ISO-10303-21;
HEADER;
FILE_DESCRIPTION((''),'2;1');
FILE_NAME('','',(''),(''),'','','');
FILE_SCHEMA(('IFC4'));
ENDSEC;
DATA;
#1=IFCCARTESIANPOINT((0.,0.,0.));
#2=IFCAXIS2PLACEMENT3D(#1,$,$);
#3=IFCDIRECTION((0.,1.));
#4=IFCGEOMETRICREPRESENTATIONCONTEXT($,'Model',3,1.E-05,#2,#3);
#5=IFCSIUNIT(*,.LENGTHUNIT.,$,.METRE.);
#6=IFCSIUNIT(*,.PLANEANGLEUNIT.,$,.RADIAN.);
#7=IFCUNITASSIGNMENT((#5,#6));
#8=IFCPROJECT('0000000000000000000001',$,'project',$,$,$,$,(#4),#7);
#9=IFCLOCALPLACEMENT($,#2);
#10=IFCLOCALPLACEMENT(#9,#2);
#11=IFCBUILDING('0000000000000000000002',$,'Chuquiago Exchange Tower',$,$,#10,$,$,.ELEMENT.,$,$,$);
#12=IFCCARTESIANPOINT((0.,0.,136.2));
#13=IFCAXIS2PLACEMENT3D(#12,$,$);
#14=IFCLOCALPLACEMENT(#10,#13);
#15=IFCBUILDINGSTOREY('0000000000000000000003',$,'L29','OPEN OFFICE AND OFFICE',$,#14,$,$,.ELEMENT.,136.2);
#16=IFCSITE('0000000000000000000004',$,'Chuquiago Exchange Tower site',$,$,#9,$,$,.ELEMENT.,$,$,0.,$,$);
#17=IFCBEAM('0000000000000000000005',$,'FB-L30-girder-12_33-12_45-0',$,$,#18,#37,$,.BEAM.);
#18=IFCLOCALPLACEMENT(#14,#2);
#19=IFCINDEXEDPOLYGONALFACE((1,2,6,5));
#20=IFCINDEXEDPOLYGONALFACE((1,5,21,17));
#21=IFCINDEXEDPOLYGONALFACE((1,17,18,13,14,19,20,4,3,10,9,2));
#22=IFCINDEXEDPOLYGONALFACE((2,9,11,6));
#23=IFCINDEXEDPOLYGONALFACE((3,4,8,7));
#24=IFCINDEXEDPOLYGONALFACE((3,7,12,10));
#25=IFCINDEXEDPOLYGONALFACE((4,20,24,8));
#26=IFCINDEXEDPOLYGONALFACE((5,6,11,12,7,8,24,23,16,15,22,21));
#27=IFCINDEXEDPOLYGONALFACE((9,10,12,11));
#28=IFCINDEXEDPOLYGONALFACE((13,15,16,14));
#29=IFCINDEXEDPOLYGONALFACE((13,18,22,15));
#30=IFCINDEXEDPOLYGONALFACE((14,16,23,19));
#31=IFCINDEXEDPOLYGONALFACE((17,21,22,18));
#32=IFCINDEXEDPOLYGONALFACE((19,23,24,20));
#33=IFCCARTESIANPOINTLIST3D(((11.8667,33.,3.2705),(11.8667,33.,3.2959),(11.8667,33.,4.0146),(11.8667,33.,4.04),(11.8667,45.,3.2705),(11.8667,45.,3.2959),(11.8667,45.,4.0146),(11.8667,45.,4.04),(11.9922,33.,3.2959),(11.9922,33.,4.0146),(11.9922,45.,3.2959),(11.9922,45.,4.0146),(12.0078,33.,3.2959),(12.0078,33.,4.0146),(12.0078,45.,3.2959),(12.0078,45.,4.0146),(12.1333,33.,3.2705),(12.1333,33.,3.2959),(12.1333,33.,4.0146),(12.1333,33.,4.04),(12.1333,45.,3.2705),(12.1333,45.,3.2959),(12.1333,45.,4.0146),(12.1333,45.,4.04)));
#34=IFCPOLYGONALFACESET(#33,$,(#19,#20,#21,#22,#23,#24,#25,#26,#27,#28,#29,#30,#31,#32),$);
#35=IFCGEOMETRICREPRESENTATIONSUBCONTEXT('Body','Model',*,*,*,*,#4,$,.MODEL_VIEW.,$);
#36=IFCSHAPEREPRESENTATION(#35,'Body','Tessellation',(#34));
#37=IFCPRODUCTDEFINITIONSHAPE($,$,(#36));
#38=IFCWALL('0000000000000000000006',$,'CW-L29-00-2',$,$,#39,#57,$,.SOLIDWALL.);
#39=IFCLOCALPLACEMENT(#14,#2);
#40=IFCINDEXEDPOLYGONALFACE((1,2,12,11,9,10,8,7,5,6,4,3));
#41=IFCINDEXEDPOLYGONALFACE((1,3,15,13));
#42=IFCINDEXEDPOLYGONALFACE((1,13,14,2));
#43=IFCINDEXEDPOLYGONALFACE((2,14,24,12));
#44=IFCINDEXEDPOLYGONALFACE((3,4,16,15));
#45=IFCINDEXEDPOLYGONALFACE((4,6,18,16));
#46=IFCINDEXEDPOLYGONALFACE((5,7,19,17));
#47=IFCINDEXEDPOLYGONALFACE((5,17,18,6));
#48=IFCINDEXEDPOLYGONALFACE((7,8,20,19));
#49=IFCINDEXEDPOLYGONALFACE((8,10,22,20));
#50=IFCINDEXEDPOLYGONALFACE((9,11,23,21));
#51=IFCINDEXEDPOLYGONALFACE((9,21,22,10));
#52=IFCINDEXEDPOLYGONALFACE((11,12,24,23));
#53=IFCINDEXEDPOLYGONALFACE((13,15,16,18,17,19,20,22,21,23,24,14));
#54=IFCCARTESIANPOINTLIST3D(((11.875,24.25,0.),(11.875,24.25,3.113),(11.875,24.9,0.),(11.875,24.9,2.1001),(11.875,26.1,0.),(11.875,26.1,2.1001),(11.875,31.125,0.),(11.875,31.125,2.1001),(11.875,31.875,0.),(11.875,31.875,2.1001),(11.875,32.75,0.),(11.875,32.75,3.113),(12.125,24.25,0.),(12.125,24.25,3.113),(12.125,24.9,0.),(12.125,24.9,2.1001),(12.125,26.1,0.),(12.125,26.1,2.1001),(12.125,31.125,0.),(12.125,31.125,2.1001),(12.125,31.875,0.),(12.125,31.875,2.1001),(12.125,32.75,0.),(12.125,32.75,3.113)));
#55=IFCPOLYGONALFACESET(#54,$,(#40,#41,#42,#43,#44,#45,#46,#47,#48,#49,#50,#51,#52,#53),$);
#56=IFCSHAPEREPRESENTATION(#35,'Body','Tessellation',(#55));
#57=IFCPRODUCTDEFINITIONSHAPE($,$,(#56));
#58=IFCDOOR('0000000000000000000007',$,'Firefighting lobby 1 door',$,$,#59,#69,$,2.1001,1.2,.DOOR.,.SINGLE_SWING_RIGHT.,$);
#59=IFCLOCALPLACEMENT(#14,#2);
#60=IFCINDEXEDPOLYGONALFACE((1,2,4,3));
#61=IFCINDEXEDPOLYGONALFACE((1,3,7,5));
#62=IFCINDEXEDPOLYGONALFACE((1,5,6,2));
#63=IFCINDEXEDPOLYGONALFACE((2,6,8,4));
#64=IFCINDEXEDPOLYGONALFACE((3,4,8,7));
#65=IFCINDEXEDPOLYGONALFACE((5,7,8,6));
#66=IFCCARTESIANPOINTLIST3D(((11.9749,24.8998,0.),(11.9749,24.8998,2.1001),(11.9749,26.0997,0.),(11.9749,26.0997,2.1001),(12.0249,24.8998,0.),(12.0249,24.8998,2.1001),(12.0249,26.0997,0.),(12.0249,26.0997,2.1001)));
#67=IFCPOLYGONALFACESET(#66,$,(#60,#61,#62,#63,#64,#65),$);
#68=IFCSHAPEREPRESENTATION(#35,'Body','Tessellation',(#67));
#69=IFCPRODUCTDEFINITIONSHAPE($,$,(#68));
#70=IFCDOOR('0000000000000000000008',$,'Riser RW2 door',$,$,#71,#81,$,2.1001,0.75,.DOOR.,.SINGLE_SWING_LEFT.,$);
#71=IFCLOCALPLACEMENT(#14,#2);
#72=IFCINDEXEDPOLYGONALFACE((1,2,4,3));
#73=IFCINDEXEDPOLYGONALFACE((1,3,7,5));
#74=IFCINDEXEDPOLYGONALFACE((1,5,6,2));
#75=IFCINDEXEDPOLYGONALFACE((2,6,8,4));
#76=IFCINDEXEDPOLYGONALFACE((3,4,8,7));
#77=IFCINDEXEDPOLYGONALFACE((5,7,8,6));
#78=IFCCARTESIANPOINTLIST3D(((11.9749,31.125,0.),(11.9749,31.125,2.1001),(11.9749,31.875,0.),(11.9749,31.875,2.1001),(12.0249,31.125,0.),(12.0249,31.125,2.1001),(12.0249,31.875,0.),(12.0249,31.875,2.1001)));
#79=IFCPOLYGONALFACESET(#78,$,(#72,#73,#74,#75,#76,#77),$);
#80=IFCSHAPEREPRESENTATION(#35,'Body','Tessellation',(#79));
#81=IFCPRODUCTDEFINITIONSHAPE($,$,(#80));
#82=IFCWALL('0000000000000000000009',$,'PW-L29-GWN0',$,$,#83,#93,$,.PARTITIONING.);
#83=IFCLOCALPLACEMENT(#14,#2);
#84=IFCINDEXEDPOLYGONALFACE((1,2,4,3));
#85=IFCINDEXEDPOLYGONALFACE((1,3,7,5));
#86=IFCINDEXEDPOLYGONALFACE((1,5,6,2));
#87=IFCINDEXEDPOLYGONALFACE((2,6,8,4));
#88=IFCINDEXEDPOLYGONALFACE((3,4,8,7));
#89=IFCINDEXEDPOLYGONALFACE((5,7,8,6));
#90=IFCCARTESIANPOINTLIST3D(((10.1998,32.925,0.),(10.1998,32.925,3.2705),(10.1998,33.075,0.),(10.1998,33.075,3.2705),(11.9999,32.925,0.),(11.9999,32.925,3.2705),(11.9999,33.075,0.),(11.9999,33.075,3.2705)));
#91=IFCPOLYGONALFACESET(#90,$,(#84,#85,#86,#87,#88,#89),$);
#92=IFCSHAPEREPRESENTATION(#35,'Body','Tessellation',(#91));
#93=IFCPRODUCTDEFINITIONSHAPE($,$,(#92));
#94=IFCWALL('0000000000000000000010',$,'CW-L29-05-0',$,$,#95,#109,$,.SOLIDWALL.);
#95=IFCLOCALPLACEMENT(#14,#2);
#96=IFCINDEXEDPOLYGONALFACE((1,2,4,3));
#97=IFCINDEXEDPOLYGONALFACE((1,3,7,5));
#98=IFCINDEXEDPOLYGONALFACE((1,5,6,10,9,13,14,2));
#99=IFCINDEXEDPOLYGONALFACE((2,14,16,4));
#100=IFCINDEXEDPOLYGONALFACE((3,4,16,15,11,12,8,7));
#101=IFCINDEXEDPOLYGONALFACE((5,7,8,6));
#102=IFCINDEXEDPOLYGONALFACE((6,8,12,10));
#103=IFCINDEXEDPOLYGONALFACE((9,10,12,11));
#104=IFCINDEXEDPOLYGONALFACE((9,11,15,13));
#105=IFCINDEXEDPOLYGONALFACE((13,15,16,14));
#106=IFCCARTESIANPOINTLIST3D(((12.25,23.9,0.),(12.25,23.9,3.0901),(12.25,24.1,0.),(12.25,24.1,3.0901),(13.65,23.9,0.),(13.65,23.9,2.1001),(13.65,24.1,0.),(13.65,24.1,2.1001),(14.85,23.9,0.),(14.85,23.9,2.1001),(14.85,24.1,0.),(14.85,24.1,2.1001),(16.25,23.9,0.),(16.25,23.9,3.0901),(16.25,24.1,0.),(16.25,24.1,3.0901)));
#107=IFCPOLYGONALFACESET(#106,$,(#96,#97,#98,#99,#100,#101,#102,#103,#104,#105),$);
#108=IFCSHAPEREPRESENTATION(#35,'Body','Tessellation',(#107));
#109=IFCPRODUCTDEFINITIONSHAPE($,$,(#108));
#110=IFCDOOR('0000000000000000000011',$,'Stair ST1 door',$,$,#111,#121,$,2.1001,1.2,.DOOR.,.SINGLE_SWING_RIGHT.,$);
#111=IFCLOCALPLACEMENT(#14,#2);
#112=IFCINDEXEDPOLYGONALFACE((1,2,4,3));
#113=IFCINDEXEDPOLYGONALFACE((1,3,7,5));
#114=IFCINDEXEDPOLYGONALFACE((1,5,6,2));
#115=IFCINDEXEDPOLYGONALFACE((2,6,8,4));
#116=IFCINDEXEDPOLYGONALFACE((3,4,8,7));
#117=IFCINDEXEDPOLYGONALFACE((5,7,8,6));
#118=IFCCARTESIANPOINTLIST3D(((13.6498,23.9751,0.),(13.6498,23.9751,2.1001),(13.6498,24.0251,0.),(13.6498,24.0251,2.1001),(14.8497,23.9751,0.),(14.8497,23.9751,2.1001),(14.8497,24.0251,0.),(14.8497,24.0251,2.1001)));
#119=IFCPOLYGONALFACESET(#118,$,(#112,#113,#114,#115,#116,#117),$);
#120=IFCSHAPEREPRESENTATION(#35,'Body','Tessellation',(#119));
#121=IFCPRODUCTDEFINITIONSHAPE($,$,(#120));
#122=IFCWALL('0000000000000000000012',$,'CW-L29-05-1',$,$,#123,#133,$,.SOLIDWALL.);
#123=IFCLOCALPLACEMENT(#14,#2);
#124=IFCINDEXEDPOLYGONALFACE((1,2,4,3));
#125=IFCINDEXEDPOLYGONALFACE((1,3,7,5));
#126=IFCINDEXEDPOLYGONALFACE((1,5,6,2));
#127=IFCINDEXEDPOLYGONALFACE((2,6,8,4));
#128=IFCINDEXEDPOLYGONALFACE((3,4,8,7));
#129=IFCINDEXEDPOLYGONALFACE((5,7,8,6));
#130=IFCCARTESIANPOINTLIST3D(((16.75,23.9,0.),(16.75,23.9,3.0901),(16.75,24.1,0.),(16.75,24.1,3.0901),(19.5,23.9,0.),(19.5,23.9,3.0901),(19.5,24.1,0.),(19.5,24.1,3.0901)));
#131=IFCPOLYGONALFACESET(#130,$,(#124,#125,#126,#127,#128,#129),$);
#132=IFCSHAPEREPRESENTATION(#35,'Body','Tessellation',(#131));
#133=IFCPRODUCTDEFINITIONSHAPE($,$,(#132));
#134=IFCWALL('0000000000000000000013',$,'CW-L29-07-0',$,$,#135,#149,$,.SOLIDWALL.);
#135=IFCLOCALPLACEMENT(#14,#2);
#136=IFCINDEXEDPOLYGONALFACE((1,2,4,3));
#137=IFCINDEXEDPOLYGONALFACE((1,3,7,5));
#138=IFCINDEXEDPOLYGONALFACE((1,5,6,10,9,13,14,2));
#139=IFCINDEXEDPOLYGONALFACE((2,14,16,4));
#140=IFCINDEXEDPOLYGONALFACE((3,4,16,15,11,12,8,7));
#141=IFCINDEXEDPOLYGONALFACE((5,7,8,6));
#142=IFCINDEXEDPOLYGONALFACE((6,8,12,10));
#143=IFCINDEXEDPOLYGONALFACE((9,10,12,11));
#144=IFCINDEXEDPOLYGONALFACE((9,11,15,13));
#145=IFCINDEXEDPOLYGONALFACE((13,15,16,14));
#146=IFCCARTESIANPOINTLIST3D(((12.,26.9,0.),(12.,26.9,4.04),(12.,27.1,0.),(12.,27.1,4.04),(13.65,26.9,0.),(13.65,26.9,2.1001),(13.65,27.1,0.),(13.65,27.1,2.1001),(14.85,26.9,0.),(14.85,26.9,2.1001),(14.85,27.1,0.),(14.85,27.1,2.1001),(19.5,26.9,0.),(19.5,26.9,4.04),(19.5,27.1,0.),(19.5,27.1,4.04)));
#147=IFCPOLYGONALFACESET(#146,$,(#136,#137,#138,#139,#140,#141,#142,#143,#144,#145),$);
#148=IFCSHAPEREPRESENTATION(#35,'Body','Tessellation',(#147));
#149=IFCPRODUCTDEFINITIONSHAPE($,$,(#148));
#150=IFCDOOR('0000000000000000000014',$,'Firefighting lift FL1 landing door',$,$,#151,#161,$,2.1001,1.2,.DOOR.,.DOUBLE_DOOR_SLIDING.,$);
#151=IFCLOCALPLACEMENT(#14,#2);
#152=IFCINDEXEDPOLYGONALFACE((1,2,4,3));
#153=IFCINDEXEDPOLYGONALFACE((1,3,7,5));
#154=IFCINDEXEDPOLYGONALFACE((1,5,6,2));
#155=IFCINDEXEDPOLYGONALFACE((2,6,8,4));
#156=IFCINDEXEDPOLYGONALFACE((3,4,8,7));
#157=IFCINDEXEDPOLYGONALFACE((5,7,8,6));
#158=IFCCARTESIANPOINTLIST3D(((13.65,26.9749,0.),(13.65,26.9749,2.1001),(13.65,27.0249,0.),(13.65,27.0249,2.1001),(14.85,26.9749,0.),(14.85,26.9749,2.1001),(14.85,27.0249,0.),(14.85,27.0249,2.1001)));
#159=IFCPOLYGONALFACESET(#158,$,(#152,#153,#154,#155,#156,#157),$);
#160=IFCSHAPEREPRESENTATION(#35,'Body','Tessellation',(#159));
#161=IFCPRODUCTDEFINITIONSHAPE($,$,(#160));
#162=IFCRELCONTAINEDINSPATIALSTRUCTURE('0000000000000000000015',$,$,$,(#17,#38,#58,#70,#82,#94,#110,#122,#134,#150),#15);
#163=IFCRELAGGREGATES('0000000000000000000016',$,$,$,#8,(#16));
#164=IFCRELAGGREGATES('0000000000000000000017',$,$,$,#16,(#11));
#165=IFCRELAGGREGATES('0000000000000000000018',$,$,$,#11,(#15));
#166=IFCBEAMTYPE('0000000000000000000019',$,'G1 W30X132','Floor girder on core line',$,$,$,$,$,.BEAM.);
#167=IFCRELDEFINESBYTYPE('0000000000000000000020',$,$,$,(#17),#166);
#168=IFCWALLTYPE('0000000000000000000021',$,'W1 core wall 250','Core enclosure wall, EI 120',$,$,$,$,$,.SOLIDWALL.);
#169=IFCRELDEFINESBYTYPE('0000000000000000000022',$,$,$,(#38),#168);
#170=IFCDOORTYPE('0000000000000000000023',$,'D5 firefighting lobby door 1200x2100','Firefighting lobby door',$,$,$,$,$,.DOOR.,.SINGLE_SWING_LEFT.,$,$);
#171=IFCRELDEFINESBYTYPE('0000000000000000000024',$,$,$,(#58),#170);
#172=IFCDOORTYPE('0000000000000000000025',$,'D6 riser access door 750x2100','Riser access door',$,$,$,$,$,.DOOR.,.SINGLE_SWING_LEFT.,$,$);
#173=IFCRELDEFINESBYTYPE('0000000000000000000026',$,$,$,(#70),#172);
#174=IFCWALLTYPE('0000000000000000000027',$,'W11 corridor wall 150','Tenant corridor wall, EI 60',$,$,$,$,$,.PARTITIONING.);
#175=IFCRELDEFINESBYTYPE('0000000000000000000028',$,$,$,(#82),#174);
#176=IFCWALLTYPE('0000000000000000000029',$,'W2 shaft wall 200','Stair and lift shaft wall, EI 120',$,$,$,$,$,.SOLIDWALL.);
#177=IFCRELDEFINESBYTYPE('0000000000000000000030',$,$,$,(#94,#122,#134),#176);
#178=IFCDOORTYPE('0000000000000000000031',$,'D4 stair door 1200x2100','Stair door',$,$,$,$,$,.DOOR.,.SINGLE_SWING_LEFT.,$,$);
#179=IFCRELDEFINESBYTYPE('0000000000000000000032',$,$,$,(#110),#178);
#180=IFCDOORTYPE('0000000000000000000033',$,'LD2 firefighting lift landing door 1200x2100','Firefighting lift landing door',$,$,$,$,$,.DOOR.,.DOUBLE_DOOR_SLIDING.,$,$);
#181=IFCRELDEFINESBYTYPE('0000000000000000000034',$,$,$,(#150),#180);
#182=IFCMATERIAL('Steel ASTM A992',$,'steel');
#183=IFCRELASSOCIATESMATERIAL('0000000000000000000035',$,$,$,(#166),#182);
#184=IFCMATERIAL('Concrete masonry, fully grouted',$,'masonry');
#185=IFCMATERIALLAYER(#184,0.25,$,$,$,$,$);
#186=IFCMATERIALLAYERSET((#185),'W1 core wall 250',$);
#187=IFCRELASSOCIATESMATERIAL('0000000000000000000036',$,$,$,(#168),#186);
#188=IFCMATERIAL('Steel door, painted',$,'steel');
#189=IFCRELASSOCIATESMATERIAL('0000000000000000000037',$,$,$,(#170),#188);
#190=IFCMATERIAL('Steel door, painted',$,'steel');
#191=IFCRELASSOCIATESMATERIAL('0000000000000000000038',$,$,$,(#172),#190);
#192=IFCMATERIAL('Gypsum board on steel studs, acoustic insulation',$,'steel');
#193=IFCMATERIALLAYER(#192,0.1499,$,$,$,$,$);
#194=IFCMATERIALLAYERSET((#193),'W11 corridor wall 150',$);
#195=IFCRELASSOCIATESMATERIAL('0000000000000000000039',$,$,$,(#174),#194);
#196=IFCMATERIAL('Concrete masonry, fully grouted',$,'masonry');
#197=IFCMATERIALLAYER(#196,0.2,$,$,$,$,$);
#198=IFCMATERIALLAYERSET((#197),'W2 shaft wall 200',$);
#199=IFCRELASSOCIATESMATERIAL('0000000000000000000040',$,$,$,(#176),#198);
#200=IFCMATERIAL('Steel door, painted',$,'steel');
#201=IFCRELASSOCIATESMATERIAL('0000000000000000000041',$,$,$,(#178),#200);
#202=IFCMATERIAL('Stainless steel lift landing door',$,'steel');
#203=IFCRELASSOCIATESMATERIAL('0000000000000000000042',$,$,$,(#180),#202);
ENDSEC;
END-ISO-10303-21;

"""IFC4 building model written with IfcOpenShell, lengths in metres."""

from ifc_helpers import new_model, si_unit, direction, frame, frame_2d, origin, origin_2d, place, context, subcontext, project, spatial, rectangle, i_section, extrude, material, layer, layer_set, material_profile, profile_set, type_object, element, fill, save


model = new_model("IFC4")

# Units and contexts
model_context = context("Model", 3, precision=1e-05, world=origin(), true_north=direction((0.0, 1.0)))
body_context = subcontext(model_context, "Body", "Model", "MODEL_VIEW")
ifc_project = project(units=[si_unit("LENGTHUNIT", "METRE"), si_unit("PLANEANGLEUNIT", "RADIAN")], contexts=[model_context])

# Site, building, storey
site_placement = place(None, origin())
site = spatial("IfcSite", under=ifc_project, at=site_placement, Name="Chuquiago Exchange Tower site", CompositionType="ELEMENT", RefElevation=0.0)
building_placement = place(site_placement, origin())
building = spatial("IfcBuilding", under=site, at=building_placement, Name="Chuquiago Exchange Tower", CompositionType="ELEMENT")
storey_placement = place(building_placement, frame((0.0, 0.0, 136.2)))
storey = spatial("IfcBuildingStorey", under=building, at=storey_placement, Name="L29", Description="OPEN OFFICE AND OFFICE", CompositionType="ELEMENT", Elevation=136.2)

# Beam
ifc_material_1 = material(Name="Steel ASTM A992", Category="steel")
ifc_material_profile_1 = material_profile(ifc_material_1, i_section(OverallWidth=0.2666, OverallDepth=0.7695, WebThickness=0.0156, FlangeThickness=0.0254, at=origin_2d()), Name="W30X132")
ifc_profile_set_1 = profile_set([ifc_material_profile_1], Name="Steel ASTM A992")
beam_type_1 = type_object("IfcBeamType", Name="G1 W30X132", Description="Floor girder on core line", PredefinedType="BEAM", material=ifc_profile_set_1)
beam_1_placement = place(storey_placement, frame((12.0, 33.0, 3.6553), z_axis=(0.0, 1.0, 0.0), x_axis=(-1.0, 0.0, 0.0)))
element("IfcBeam", 1, at=beam_1_placement, inside=storey, type_object=beam_type_1, Name="FB-L30-girder-12_33-12_45-0", PredefinedType="BEAM", context=body_context, shape_type="SweptSolid", body=[
    extrude(i_section(OverallWidth=0.2666, OverallDepth=0.7695, WebThickness=0.0156, FlangeThickness=0.0254, at=origin_2d()), origin(), (0.0, 0.0, 1.0), 12.0),
])

# Wall, openings, doors
ifc_material_2 = material(Name="Concrete masonry, fully grouted", Category="masonry")
ifc_layer_1 = layer(ifc_material_2, 0.25)
ifc_layer_set_1 = layer_set([ifc_layer_1], Name="W1 core wall 250")
wall_type_1 = type_object("IfcWallType", Name="W1 core wall 250", Description="Core enclosure wall, EI 120", PredefinedType="SOLIDWALL", material=ifc_layer_set_1)
wall_1_placement = place(storey_placement, frame((12.0, 24.25, 0.0), z_axis=(0.0, 0.0, 1.0), x_axis=(0.0, 1.0, 0.0)))
wall_1 = element("IfcWall", 2, at=wall_1_placement, inside=storey, type_object=wall_type_1, Name="CW-L29-00-2", PredefinedType="SOLIDWALL", context=body_context, shape_type="SweptSolid", body=[
    extrude(rectangle(XDim=8.5, YDim=0.25, at=frame_2d((4.25, 0.0))), origin(), (0.0, 0.0, 1.0), 3.113),
])
opening_1_placement = place(wall_1_placement, frame((0.6499, 0.0, 0.0)))
opening_1 = element("IfcOpeningElement", 3, at=opening_1_placement, cuts=wall_1, PredefinedType="OPENING", context=body_context, shape_type="SweptSolid", body=[
    extrude(rectangle(XDim=1.2, YDim=2.1001, at=frame_2d((0.6001, 1.05))), frame((0.0, 0.135, 0.0), z_axis=(0.0, -1.0, 0.0), x_axis=(1.0, 0.0, 0.0)), (0.0, 0.0, 1.0), 0.27),
])
opening_2_placement = place(wall_1_placement, frame((6.875, 0.0, 0.0)))
opening_2 = element("IfcOpeningElement", 4, at=opening_2_placement, cuts=wall_1, PredefinedType="OPENING", context=body_context, shape_type="SweptSolid", body=[
    extrude(rectangle(XDim=0.75, YDim=2.1001, at=frame_2d((0.375, 1.05))), frame((0.0, 0.135, 0.0), z_axis=(0.0, -1.0, 0.0), x_axis=(1.0, 0.0, 0.0)), (0.0, 0.0, 1.0), 0.27),
])
ifc_material_3 = material(Name="Steel door, painted", Category="steel")
door_type_1 = type_object("IfcDoorType", Name="D5 firefighting lobby door 1200x2100", Description="Firefighting lobby door", OperationType="SINGLE_SWING_LEFT", PredefinedType="DOOR", material=ifc_material_3)
door_1_placement = place(opening_1_placement, frame((1.2, 0.0, 0.0), z_axis=(0.0, 0.0, 1.0), x_axis=(-1.0, 0.0, 0.0)))
door_1 = element("IfcDoor", 5, at=door_1_placement, inside=storey, type_object=door_type_1, Name="Firefighting lobby 1 door", OperationType="SINGLE_SWING_RIGHT", OverallHeight=2.1001, OverallWidth=1.2, PredefinedType="DOOR", context=body_context, shape_type="SweptSolid", body=[
    extrude(rectangle(XDim=1.2, YDim=2.1001, at=frame_2d((0.6001, 1.05))), frame((0.0, 0.0249, 0.0), z_axis=(0.0, -1.0, 0.0), x_axis=(1.0, 0.0, 0.0)), (0.0, 0.0, 1.0), 0.05),
])
fill(opening_1, door_1)
ifc_material_4 = material(Name="Steel door, painted", Category="steel")
door_type_2 = type_object("IfcDoorType", Name="D6 riser access door 750x2100", Description="Riser access door", OperationType="SINGLE_SWING_LEFT", PredefinedType="DOOR", material=ifc_material_4)
door_2_placement = place(opening_2_placement, frame((0.75, 0.0, 0.0), z_axis=(0.0, 0.0, 1.0), x_axis=(-1.0, 0.0, 0.0)))
door_2 = element("IfcDoor", 6, at=door_2_placement, inside=storey, type_object=door_type_2, Name="Riser RW2 door", OperationType="SINGLE_SWING_LEFT", OverallHeight=2.1001, OverallWidth=0.75, PredefinedType="DOOR", context=body_context, shape_type="SweptSolid", body=[
    extrude(rectangle(XDim=0.75, YDim=2.1001, at=frame_2d((0.375, 1.05))), frame((0.0, 0.0249, 0.0), z_axis=(0.0, -1.0, 0.0), x_axis=(1.0, 0.0, 0.0)), (0.0, 0.0, 1.0), 0.05),
])
fill(opening_2, door_2)

# Wall
ifc_material_5 = material(Name="Gypsum board on steel studs, acoustic insulation", Category="steel")
ifc_layer_2 = layer(ifc_material_5, 0.1499)
ifc_layer_set_2 = layer_set([ifc_layer_2], Name="W11 corridor wall 150")
wall_type_2 = type_object("IfcWallType", Name="W11 corridor wall 150", Description="Tenant corridor wall, EI 60", PredefinedType="PARTITIONING", material=ifc_layer_set_2)
wall_2_placement = place(storey_placement, frame((10.2, 33.0, 0.0), z_axis=(0.0, 0.0, 1.0), x_axis=(1.0, 0.0, 0.0)))
element("IfcWall", 7, at=wall_2_placement, inside=storey, type_object=wall_type_2, Name="PW-L29-GWN0", PredefinedType="PARTITIONING", context=body_context, shape_type="SweptSolid", body=[
    extrude(rectangle(XDim=1.8, YDim=0.1499, at=frame_2d((0.8999, 0.0))), origin(), (0.0, 0.0, 1.0), 3.2705),
])

# Wall, opening, door
ifc_material_6 = material(Name="Concrete masonry, fully grouted", Category="masonry")
ifc_layer_3 = layer(ifc_material_6, 0.2)
ifc_layer_set_3 = layer_set([ifc_layer_3], Name="W2 shaft wall 200")
wall_type_3 = type_object("IfcWallType", Name="W2 shaft wall 200", Description="Stair and lift shaft wall, EI 120", PredefinedType="SOLIDWALL", material=ifc_layer_set_3)
wall_3_placement = place(storey_placement, frame((12.25, 24.0, 0.0), z_axis=(0.0, 0.0, 1.0), x_axis=(1.0, 0.0, 0.0)))
wall_3 = element("IfcWall", 8, at=wall_3_placement, inside=storey, type_object=wall_type_3, Name="CW-L29-05-0", PredefinedType="SOLIDWALL", context=body_context, shape_type="SweptSolid", body=[
    extrude(rectangle(XDim=4.0, YDim=0.2, at=frame_2d((2.0, 0.0))), origin(), (0.0, 0.0, 1.0), 3.0901),
])
opening_3_placement = place(wall_3_placement, frame((1.3999, 0.0, 0.0)))
opening_3 = element("IfcOpeningElement", 9, at=opening_3_placement, cuts=wall_3, PredefinedType="OPENING", context=body_context, shape_type="SweptSolid", body=[
    extrude(rectangle(XDim=1.2, YDim=2.1001, at=frame_2d((0.6001, 1.05))), frame((0.0, 0.1099, 0.0), z_axis=(0.0, -1.0, 0.0), x_axis=(1.0, 0.0, 0.0)), (0.0, 0.0, 1.0), 0.22),
])
ifc_material_7 = material(Name="Steel door, painted", Category="steel")
door_type_3 = type_object("IfcDoorType", Name="D4 stair door 1200x2100", Description="Stair door", OperationType="SINGLE_SWING_LEFT", PredefinedType="DOOR", material=ifc_material_7)
door_3_placement = place(opening_3_placement, frame((1.2, 0.0, 0.0), z_axis=(0.0, 0.0, 1.0), x_axis=(-1.0, 0.0, 0.0)))
door_3 = element("IfcDoor", 10, at=door_3_placement, inside=storey, type_object=door_type_3, Name="Stair ST1 door", OperationType="SINGLE_SWING_RIGHT", OverallHeight=2.1001, OverallWidth=1.2, PredefinedType="DOOR", context=body_context, shape_type="SweptSolid", body=[
    extrude(rectangle(XDim=1.2, YDim=2.1001, at=frame_2d((0.6001, 1.05))), frame((0.0, 0.0249, 0.0), z_axis=(0.0, -1.0, 0.0), x_axis=(1.0, 0.0, 0.0)), (0.0, 0.0, 1.0), 0.05),
])
fill(opening_3, door_3)

# Wall
wall_4_placement = place(storey_placement, frame((16.75, 24.0, 0.0), z_axis=(0.0, 0.0, 1.0), x_axis=(1.0, 0.0, 0.0)))
element("IfcWall", 11, at=wall_4_placement, inside=storey, type_object=wall_type_3, Name="CW-L29-05-1", PredefinedType="SOLIDWALL", context=body_context, shape_type="SweptSolid", body=[
    extrude(rectangle(XDim=2.75, YDim=0.2, at=frame_2d((1.375, 0.0))), origin(), (0.0, 0.0, 1.0), 3.0901),
])

# Wall, opening, door
wall_5_placement = place(storey_placement, frame((12.0, 27.0, 0.0), z_axis=(0.0, 0.0, 1.0), x_axis=(1.0, 0.0, 0.0)))
wall_5 = element("IfcWall", 12, at=wall_5_placement, inside=storey, type_object=wall_type_3, Name="CW-L29-07-0", PredefinedType="SOLIDWALL", context=body_context, shape_type="SweptSolid", body=[
    extrude(rectangle(XDim=7.5, YDim=0.2, at=frame_2d((3.75, 0.0))), origin(), (0.0, 0.0, 1.0), 4.04),
])
opening_4_placement = place(wall_5_placement, frame((1.6499, 0.0, 0.0)))
opening_4 = element("IfcOpeningElement", 13, at=opening_4_placement, cuts=wall_5, PredefinedType="OPENING", context=body_context, shape_type="SweptSolid", body=[
    extrude(rectangle(XDim=1.2, YDim=2.1001, at=frame_2d((0.6001, 1.05))), frame((0.0, 0.1099, 0.0), z_axis=(0.0, -1.0, 0.0), x_axis=(1.0, 0.0, 0.0)), (0.0, 0.0, 1.0), 0.22),
])
ifc_material_8 = material(Name="Stainless steel lift landing door", Category="steel")
door_type_4 = type_object("IfcDoorType", Name="LD2 firefighting lift landing door 1200x2100", Description="Firefighting lift landing door", OperationType="DOUBLE_DOOR_SLIDING", PredefinedType="DOOR", material=ifc_material_8)
door_4_placement = place(opening_4_placement, origin())
door_4 = element("IfcDoor", 14, at=door_4_placement, inside=storey, type_object=door_type_4, Name="Firefighting lift FL1 landing door", OperationType="DOUBLE_DOOR_SLIDING", OverallHeight=2.1001, OverallWidth=1.2, PredefinedType="DOOR", context=body_context, shape_type="SweptSolid", body=[
    extrude(rectangle(XDim=1.2, YDim=2.1001, at=frame_2d((0.6001, 1.05))), frame((0.0, 0.0249, 0.0), z_axis=(0.0, -1.0, 0.0), x_axis=(1.0, 0.0, 0.0)), (0.0, 0.0, 1.0), 0.05),
])
fill(opening_4, door_4)

save(model, "model.ifc")
